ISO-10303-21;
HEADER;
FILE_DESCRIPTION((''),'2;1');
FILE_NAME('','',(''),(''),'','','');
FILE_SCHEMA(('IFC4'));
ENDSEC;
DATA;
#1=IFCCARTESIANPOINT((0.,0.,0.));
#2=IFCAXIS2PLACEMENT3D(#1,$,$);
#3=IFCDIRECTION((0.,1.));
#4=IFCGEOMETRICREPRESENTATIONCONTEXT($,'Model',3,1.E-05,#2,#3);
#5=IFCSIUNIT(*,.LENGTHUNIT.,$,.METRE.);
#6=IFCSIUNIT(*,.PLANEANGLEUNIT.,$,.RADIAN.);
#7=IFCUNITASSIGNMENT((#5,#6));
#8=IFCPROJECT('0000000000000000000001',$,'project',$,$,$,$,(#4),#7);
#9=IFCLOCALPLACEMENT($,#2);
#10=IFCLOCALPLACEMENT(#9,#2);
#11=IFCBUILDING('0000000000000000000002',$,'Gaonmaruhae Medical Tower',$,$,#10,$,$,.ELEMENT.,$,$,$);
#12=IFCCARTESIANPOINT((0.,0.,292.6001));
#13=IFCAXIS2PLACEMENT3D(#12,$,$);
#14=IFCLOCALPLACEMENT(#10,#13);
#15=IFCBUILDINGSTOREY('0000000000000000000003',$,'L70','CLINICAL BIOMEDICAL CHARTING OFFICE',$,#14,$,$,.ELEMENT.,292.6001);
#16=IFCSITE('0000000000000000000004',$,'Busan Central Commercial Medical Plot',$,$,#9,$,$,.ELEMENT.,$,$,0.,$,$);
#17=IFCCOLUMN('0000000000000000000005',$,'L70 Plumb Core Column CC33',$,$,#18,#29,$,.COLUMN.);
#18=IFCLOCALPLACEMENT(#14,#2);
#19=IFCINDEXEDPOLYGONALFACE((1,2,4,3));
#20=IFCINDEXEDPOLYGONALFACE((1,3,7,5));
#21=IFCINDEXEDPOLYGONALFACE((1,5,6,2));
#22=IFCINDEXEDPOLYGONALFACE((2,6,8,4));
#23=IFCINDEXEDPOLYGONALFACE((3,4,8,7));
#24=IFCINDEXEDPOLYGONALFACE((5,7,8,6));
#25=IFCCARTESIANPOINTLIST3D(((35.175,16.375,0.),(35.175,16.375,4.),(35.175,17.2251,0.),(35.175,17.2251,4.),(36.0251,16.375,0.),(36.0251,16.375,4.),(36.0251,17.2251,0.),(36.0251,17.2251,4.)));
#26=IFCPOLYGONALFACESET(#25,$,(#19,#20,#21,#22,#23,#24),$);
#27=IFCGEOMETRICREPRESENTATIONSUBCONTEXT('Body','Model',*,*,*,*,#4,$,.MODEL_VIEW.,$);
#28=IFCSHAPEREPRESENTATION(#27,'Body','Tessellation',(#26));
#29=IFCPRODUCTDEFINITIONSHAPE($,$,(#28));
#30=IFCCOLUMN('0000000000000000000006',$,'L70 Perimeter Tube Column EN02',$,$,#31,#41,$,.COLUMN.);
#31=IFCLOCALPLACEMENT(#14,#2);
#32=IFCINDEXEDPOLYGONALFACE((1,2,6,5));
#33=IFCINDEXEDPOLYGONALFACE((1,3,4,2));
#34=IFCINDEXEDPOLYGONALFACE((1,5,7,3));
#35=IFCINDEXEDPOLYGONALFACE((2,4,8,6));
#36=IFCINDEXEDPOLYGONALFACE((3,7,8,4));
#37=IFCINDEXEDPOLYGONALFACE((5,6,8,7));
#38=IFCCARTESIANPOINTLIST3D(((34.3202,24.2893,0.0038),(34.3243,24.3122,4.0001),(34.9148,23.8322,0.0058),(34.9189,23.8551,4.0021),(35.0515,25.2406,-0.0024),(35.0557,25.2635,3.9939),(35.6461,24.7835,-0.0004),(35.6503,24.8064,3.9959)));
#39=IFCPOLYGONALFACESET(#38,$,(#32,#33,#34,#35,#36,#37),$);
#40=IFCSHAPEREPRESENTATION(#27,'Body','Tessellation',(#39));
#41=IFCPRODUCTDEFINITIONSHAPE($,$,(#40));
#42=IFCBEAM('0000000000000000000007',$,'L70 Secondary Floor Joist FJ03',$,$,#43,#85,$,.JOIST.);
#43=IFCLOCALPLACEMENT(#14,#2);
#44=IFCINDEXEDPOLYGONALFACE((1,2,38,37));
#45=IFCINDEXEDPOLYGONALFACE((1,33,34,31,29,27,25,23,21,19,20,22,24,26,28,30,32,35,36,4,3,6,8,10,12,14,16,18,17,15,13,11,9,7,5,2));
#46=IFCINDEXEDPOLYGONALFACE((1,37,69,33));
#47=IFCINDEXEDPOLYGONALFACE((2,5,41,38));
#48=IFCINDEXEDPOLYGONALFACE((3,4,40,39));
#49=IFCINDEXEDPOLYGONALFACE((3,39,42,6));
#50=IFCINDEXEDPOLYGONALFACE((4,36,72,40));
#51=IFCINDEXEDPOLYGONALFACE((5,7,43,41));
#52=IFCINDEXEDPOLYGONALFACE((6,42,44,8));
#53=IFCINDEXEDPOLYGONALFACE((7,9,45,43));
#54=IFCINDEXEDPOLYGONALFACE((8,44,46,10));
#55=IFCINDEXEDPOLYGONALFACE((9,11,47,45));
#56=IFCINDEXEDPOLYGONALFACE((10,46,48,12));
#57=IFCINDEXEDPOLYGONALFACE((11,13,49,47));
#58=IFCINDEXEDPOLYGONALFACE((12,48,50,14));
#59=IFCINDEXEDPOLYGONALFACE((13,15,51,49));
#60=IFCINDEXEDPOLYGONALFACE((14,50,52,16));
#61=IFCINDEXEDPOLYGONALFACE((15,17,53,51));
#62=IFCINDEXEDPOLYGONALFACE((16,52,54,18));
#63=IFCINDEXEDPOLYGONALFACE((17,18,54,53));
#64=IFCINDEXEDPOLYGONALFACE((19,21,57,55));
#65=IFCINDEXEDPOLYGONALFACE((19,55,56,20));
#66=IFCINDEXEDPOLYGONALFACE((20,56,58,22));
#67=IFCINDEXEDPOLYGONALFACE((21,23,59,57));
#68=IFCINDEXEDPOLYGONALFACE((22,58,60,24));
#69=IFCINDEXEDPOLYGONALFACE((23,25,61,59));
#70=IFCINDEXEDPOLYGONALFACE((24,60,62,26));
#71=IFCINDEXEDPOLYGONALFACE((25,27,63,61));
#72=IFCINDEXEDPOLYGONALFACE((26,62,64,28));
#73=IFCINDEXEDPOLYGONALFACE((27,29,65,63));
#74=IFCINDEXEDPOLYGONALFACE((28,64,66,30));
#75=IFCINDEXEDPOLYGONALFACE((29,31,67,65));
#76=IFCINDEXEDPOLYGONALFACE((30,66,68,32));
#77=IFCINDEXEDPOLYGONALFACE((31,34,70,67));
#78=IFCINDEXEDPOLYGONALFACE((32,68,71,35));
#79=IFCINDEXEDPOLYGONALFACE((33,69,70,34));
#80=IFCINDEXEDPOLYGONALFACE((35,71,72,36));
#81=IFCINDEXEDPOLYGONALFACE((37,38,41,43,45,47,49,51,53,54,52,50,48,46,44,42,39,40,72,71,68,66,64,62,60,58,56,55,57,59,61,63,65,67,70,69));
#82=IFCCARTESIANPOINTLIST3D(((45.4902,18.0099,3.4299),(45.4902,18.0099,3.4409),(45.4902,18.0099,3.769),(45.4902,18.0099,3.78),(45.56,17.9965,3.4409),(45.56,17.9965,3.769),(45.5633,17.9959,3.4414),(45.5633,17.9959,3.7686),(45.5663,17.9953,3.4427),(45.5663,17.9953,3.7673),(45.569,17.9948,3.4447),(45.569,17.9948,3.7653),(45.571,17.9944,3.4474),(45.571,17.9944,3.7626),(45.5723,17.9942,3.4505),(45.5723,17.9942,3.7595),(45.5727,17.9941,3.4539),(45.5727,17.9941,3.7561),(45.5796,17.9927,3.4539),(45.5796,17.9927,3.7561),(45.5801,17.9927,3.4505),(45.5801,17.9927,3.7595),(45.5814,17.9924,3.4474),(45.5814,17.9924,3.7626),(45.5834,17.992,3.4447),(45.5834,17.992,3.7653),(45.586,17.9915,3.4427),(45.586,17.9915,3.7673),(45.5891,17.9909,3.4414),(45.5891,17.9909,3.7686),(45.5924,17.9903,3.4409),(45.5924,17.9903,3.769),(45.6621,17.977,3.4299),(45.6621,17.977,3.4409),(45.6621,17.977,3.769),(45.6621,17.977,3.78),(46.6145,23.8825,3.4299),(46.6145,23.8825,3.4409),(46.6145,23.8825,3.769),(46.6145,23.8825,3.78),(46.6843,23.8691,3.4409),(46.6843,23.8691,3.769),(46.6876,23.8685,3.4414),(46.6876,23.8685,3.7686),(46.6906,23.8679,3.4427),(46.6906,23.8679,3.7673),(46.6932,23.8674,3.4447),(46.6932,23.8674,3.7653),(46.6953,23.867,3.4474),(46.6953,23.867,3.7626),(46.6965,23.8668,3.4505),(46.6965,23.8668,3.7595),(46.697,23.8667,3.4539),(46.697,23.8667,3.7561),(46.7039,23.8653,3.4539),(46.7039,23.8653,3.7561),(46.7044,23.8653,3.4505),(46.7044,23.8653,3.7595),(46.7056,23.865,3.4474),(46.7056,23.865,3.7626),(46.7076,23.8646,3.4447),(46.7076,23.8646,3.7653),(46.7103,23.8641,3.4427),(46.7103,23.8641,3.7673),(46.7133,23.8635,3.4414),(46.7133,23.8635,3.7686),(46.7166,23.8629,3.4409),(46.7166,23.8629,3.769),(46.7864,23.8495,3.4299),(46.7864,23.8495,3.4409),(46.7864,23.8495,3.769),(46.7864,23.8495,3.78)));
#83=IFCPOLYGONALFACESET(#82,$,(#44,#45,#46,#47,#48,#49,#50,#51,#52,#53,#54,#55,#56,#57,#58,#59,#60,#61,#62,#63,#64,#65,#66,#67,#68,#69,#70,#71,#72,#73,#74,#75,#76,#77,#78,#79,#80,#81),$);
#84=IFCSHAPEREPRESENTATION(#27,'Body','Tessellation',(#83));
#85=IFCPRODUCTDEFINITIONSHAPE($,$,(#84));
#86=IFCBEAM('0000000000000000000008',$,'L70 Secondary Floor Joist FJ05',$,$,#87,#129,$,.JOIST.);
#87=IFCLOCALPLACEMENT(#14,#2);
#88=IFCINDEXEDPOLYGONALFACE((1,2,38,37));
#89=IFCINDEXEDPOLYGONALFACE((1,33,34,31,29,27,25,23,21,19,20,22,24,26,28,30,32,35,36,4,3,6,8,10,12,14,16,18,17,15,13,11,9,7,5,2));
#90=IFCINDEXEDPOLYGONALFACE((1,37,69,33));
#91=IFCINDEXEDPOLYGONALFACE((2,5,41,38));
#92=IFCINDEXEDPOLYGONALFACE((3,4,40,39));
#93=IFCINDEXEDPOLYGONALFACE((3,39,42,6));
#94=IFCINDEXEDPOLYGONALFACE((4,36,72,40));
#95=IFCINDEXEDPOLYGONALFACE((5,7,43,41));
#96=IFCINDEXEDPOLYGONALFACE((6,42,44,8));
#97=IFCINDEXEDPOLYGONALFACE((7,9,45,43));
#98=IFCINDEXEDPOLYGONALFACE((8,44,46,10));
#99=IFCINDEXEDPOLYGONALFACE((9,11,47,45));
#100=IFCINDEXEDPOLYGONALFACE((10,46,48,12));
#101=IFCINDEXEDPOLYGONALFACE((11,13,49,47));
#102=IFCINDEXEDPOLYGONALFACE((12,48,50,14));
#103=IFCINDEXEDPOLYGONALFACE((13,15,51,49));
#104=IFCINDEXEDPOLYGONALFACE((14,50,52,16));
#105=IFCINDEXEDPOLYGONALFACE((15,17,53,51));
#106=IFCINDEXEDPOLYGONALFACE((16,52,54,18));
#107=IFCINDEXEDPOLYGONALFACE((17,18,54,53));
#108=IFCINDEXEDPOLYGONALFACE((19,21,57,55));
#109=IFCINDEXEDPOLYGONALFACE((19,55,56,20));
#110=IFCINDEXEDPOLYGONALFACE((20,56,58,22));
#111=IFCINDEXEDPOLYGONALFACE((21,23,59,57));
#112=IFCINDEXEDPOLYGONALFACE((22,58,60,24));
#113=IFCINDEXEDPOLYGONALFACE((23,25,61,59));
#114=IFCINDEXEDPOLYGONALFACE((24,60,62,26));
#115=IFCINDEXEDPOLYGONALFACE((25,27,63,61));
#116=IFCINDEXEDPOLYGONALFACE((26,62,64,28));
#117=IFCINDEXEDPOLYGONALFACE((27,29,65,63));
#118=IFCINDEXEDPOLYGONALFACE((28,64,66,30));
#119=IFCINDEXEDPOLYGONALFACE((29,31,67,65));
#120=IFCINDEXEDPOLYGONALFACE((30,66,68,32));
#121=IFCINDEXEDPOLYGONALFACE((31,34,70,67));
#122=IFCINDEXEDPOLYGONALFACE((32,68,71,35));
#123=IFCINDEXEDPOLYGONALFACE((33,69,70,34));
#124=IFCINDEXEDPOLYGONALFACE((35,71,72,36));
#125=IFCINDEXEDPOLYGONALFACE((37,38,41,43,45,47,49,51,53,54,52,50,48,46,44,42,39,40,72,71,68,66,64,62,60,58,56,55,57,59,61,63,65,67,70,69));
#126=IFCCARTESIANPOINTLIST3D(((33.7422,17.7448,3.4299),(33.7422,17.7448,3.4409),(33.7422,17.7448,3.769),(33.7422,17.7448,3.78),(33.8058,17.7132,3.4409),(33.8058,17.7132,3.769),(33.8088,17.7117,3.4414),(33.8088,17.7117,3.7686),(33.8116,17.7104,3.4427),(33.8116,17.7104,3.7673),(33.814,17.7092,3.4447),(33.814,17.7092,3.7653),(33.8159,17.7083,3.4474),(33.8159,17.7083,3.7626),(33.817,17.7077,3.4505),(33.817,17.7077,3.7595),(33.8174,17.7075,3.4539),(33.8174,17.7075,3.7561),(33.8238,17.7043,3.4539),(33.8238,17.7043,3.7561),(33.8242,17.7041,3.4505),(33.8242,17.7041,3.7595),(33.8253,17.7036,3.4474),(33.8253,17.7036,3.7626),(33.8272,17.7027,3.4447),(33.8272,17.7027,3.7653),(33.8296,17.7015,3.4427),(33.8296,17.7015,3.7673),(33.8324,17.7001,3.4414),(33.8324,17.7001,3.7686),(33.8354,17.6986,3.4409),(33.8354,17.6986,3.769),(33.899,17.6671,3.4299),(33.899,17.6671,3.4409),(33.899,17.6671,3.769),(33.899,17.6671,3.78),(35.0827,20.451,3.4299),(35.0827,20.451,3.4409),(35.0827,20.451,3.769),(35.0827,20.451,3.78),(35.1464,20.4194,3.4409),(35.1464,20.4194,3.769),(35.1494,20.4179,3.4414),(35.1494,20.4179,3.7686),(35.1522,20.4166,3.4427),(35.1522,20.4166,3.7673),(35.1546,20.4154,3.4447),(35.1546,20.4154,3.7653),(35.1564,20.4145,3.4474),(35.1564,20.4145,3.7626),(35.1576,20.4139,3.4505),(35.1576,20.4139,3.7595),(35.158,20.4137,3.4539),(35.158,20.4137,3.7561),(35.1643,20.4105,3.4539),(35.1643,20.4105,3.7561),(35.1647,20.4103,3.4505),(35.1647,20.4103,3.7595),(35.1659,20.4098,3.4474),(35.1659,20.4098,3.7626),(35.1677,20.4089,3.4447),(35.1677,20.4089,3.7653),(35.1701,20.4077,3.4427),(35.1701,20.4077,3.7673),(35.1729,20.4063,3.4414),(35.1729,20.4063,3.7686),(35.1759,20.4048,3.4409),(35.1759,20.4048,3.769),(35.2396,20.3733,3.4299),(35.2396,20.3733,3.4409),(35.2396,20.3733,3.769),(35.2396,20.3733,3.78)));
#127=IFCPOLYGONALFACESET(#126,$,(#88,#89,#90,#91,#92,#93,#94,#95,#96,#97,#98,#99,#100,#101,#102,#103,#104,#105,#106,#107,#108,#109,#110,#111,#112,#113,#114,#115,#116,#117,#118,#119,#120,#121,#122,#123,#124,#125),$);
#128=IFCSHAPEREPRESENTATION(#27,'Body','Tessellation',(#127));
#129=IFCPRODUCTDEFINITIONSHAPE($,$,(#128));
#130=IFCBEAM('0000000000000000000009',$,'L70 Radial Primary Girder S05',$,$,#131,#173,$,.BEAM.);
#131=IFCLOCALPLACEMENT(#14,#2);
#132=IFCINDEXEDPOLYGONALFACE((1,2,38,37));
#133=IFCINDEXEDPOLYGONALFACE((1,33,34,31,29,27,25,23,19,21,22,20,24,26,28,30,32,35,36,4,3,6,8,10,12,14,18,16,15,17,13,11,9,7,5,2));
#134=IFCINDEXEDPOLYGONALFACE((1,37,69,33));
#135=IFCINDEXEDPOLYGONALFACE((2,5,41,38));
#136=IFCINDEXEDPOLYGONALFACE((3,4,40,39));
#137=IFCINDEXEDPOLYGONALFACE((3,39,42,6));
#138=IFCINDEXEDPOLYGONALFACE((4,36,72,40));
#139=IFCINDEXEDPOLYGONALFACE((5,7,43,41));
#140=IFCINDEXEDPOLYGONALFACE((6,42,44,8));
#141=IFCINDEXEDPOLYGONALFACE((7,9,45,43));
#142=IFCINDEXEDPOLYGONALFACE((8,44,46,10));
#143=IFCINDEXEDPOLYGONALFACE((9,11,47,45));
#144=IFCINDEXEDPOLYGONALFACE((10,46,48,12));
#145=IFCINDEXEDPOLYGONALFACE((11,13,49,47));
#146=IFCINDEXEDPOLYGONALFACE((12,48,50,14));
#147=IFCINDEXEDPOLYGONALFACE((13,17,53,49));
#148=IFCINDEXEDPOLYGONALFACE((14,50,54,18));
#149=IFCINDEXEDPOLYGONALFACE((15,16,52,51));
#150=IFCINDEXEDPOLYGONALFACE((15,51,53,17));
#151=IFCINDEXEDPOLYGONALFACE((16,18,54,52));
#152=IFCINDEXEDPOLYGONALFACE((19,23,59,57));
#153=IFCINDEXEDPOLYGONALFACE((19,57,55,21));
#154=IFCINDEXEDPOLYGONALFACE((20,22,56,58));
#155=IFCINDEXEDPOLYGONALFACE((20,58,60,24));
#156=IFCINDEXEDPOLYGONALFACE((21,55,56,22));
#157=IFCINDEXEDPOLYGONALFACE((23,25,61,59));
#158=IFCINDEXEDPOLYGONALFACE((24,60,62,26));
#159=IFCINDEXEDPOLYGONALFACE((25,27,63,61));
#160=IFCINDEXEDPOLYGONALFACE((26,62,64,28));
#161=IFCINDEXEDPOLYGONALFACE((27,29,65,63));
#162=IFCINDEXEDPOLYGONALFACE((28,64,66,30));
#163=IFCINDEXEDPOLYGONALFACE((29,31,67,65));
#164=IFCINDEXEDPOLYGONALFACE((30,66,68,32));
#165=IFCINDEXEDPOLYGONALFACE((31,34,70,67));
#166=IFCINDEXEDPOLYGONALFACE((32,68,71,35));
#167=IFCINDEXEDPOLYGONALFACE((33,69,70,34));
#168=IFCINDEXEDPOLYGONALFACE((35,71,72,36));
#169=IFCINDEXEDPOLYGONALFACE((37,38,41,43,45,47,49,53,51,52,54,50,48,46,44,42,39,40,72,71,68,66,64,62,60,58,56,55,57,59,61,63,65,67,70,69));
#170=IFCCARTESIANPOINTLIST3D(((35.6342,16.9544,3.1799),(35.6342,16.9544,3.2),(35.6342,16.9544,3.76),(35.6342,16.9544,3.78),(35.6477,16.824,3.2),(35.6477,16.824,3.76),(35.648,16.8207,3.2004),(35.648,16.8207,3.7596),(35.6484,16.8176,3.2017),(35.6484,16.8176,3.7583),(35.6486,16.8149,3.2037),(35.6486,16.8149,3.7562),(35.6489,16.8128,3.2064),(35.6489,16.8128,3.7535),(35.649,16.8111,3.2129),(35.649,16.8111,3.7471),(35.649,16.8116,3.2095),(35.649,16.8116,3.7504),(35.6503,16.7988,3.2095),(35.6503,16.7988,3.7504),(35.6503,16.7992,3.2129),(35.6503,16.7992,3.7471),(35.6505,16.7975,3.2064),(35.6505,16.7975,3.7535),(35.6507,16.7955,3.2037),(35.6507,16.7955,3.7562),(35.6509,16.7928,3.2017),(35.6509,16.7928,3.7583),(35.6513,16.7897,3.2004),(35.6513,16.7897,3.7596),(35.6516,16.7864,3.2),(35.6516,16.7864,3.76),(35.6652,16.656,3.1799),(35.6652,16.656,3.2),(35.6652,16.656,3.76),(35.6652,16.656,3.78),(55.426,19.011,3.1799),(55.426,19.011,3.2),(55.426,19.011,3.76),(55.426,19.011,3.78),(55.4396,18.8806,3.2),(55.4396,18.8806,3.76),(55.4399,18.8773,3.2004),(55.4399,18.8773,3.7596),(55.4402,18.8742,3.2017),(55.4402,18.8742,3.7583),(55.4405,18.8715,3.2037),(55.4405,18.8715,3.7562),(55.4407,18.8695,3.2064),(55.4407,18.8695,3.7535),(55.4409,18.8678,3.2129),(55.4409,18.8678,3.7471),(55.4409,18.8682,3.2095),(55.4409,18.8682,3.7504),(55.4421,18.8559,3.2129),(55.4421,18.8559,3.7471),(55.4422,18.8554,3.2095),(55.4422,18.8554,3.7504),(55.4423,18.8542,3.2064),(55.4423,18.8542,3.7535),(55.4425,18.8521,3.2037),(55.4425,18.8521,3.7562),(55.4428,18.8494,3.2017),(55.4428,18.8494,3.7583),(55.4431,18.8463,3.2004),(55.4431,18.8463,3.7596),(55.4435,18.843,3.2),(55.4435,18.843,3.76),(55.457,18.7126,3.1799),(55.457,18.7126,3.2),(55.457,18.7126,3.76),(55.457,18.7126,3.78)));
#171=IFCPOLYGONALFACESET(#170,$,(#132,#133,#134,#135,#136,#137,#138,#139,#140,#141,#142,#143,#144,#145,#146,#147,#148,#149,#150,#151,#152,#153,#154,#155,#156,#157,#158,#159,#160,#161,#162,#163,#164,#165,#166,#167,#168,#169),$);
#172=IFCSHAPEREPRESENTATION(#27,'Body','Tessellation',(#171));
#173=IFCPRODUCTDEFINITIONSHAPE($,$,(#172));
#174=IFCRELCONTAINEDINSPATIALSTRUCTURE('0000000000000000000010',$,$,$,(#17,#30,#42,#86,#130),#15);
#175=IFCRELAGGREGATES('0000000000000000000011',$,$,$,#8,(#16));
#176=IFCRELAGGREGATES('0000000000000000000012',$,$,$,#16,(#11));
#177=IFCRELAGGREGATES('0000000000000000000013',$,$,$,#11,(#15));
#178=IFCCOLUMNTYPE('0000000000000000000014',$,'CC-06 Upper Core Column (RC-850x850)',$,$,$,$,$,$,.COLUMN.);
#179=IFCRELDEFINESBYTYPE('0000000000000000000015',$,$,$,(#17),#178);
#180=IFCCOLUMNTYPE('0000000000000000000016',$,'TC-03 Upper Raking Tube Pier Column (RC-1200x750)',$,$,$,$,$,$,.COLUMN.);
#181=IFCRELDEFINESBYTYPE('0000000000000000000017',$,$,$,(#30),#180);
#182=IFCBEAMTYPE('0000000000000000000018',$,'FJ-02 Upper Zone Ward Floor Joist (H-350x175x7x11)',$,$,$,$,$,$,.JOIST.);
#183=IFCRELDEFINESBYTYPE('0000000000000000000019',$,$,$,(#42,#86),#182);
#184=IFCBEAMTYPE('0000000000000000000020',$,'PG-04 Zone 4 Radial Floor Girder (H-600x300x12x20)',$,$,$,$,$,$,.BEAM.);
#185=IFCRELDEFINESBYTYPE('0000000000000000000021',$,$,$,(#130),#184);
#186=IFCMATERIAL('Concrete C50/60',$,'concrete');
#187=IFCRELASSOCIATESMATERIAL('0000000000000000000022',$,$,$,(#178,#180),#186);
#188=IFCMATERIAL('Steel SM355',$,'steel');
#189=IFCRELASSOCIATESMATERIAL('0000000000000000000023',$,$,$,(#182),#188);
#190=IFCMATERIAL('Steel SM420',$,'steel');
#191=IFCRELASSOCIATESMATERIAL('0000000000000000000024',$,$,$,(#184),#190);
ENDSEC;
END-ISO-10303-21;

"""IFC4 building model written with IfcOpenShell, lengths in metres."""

from ifc_helpers import new_model, si_unit, direction, frame, origin, origin_2d, place, context, subcontext, project, spatial, rectangle, i_section, extrude, material, material_profile, profile_set, type_object, element, save


model = new_model("IFC4")

# Units and contexts
model_context = context("Model", 3, precision=1e-05, world=origin(), true_north=direction((0.0, 1.0)))
body_context = subcontext(model_context, "Body", "Model", "MODEL_VIEW")
ifc_project = project(units=[si_unit("LENGTHUNIT", "METRE"), si_unit("PLANEANGLEUNIT", "RADIAN")], contexts=[model_context])

# Site, building, storey
site_placement = place(None, origin())
site = spatial("IfcSite", under=ifc_project, at=site_placement, Name="Busan Central Commercial Medical Plot", CompositionType="ELEMENT", RefElevation=0.0)
building_placement = place(site_placement, origin())
building = spatial("IfcBuilding", under=site, at=building_placement, Name="Gaonmaruhae Medical Tower", CompositionType="ELEMENT")
storey_placement = place(building_placement, frame((0.0, 0.0, 292.6001)))
storey = spatial("IfcBuildingStorey", under=building, at=storey_placement, Name="L70", Description="CLINICAL BIOMEDICAL CHARTING OFFICE", CompositionType="ELEMENT", Elevation=292.6001)

# Columns
ifc_material_1 = material(Name="Concrete C50/60", Category="concrete")
ifc_material_profile_1 = material_profile(ifc_material_1, rectangle(XDim=0.8501, YDim=0.8501, at=origin_2d()), Name="RC-850x850")
ifc_profile_set_1 = profile_set([ifc_material_profile_1], Name="Concrete C50/60")
column_type_1 = type_object("IfcColumnType", Name="CC-06 Upper Core Column (RC-850x850)", PredefinedType="COLUMN", material=ifc_profile_set_1)
column_1_placement = place(storey_placement, frame((35.6001, 16.8, 0.0), z_axis=(0.0, 0.0, 1.0), x_axis=(1.0, 0.0, 0.0)))
element("IfcColumn", 1, at=column_1_placement, inside=storey, type_object=column_type_1, Name="L70 Plumb Core Column CC33", PredefinedType="COLUMN", context=body_context, shape_type="SweptSolid", body=[
    extrude(rectangle(XDim=0.8501, YDim=0.8501, at=origin_2d()), origin(), (0.0, 0.0, 1.0), 4.0),
])
ifc_material_profile_2 = material_profile(ifc_material_1, rectangle(XDim=1.2, YDim=0.75, at=origin_2d()), Name="RC-1200x750")
ifc_profile_set_2 = profile_set([ifc_material_profile_2], Name="Concrete C50/60")
column_type_2 = type_object("IfcColumnType", Name="TC-03 Upper Raking Tube Pier Column (RC-1200x750)", PredefinedType="COLUMN", material=ifc_profile_set_2)
column_2_placement = place(storey_placement, frame((34.9832, 24.5364, 0.0017), z_axis=(0.001039, 0.005742, 0.999983), x_axis=(-0.609467, -0.792794, 0.005186)))
element("IfcColumn", 2, at=column_2_placement, inside=storey, type_object=column_type_2, Name="L70 Perimeter Tube Column EN02", PredefinedType="COLUMN", context=body_context, shape_type="SweptSolid", body=[
    extrude(rectangle(XDim=1.2, YDim=0.75, at=origin_2d()), origin(), (0.0, 0.0, 1.0), 3.9963),
])

# Beams
ifc_material_2 = material(Name="Steel SM355", Category="steel")
ifc_material_profile_3 = material_profile(ifc_material_2, i_section(OverallWidth=0.175, OverallDepth=0.3501, WebThickness=0.0071, FlangeThickness=0.011, FilletRadius=0.0129, at=origin_2d()), Name="H-350x175x7x11")
ifc_profile_set_3 = profile_set([ifc_material_profile_3], Name="Steel SM355")
beam_type_1 = type_object("IfcBeamType", Name="FJ-02 Upper Zone Ward Floor Joist (H-350x175x7x11)", PredefinedType="JOIST", material=ifc_profile_set_3)
beam_1_placement = place(storey_placement, frame((45.5762, 17.9934, 3.605), z_axis=(0.18803, 0.982163, 0.0), x_axis=(-0.982163, 0.18803, 0.0)))
element("IfcBeam", 3, at=beam_1_placement, inside=storey, type_object=beam_type_1, Name="L70 Secondary Floor Joist FJ03", PredefinedType="JOIST", context=body_context, shape_type="SweptSolid", body=[
    extrude(i_section(OverallWidth=0.175, OverallDepth=0.3501, WebThickness=0.0071, FlangeThickness=0.011, FilletRadius=0.0129, at=origin_2d()), origin(), (0.0, 0.0, 1.0), 5.9792),
])
beam_2_placement = place(storey_placement, frame((35.1611, 20.4121, 3.605), z_axis=(-0.44388, -0.896086, 0.0), x_axis=(0.896086, -0.44388, 0.0)))
element("IfcBeam", 4, at=beam_2_placement, inside=storey, type_object=beam_type_1, Name="L70 Secondary Floor Joist FJ05", PredefinedType="JOIST", context=body_context, shape_type="SweptSolid", body=[
    extrude(i_section(OverallWidth=0.175, OverallDepth=0.3501, WebThickness=0.0071, FlangeThickness=0.011, FilletRadius=0.0129, at=origin_2d()), origin(), (0.0, 0.0, 1.0), 3.02),
])
ifc_material_3 = material(Name="Steel SM420", Category="steel")
ifc_material_profile_4 = material_profile(ifc_material_3, i_section(OverallWidth=0.3, OverallDepth=0.6001, WebThickness=0.012, FlangeThickness=0.02, FilletRadius=0.0129, at=origin_2d()), Name="H-600x300x12x20")
ifc_profile_set_4 = profile_set([ifc_material_profile_4], Name="Steel SM420")
beam_type_2 = type_object("IfcBeamType", Name="PG-04 Zone 4 Radial Floor Girder (H-600x300x12x20)", PredefinedType="BEAM", material=ifc_profile_set_4)
beam_3_placement = place(storey_placement, frame((35.6497, 16.8052, 3.48), z_axis=(0.994644, 0.103358, 0.0), x_axis=(-0.103358, 0.994644, 0.0)))
element("IfcBeam", 5, at=beam_3_placement, inside=storey, type_object=beam_type_2, Name="L70 Radial Primary Girder S05", PredefinedType="BEAM", context=body_context, shape_type="SweptSolid", body=[
    extrude(i_section(OverallWidth=0.3, OverallDepth=0.6001, WebThickness=0.012, FlangeThickness=0.02, FilletRadius=0.0129, at=origin_2d()), origin(), (0.0, 0.0, 1.0), 19.8984),
])

save(model, "model.ifc")
